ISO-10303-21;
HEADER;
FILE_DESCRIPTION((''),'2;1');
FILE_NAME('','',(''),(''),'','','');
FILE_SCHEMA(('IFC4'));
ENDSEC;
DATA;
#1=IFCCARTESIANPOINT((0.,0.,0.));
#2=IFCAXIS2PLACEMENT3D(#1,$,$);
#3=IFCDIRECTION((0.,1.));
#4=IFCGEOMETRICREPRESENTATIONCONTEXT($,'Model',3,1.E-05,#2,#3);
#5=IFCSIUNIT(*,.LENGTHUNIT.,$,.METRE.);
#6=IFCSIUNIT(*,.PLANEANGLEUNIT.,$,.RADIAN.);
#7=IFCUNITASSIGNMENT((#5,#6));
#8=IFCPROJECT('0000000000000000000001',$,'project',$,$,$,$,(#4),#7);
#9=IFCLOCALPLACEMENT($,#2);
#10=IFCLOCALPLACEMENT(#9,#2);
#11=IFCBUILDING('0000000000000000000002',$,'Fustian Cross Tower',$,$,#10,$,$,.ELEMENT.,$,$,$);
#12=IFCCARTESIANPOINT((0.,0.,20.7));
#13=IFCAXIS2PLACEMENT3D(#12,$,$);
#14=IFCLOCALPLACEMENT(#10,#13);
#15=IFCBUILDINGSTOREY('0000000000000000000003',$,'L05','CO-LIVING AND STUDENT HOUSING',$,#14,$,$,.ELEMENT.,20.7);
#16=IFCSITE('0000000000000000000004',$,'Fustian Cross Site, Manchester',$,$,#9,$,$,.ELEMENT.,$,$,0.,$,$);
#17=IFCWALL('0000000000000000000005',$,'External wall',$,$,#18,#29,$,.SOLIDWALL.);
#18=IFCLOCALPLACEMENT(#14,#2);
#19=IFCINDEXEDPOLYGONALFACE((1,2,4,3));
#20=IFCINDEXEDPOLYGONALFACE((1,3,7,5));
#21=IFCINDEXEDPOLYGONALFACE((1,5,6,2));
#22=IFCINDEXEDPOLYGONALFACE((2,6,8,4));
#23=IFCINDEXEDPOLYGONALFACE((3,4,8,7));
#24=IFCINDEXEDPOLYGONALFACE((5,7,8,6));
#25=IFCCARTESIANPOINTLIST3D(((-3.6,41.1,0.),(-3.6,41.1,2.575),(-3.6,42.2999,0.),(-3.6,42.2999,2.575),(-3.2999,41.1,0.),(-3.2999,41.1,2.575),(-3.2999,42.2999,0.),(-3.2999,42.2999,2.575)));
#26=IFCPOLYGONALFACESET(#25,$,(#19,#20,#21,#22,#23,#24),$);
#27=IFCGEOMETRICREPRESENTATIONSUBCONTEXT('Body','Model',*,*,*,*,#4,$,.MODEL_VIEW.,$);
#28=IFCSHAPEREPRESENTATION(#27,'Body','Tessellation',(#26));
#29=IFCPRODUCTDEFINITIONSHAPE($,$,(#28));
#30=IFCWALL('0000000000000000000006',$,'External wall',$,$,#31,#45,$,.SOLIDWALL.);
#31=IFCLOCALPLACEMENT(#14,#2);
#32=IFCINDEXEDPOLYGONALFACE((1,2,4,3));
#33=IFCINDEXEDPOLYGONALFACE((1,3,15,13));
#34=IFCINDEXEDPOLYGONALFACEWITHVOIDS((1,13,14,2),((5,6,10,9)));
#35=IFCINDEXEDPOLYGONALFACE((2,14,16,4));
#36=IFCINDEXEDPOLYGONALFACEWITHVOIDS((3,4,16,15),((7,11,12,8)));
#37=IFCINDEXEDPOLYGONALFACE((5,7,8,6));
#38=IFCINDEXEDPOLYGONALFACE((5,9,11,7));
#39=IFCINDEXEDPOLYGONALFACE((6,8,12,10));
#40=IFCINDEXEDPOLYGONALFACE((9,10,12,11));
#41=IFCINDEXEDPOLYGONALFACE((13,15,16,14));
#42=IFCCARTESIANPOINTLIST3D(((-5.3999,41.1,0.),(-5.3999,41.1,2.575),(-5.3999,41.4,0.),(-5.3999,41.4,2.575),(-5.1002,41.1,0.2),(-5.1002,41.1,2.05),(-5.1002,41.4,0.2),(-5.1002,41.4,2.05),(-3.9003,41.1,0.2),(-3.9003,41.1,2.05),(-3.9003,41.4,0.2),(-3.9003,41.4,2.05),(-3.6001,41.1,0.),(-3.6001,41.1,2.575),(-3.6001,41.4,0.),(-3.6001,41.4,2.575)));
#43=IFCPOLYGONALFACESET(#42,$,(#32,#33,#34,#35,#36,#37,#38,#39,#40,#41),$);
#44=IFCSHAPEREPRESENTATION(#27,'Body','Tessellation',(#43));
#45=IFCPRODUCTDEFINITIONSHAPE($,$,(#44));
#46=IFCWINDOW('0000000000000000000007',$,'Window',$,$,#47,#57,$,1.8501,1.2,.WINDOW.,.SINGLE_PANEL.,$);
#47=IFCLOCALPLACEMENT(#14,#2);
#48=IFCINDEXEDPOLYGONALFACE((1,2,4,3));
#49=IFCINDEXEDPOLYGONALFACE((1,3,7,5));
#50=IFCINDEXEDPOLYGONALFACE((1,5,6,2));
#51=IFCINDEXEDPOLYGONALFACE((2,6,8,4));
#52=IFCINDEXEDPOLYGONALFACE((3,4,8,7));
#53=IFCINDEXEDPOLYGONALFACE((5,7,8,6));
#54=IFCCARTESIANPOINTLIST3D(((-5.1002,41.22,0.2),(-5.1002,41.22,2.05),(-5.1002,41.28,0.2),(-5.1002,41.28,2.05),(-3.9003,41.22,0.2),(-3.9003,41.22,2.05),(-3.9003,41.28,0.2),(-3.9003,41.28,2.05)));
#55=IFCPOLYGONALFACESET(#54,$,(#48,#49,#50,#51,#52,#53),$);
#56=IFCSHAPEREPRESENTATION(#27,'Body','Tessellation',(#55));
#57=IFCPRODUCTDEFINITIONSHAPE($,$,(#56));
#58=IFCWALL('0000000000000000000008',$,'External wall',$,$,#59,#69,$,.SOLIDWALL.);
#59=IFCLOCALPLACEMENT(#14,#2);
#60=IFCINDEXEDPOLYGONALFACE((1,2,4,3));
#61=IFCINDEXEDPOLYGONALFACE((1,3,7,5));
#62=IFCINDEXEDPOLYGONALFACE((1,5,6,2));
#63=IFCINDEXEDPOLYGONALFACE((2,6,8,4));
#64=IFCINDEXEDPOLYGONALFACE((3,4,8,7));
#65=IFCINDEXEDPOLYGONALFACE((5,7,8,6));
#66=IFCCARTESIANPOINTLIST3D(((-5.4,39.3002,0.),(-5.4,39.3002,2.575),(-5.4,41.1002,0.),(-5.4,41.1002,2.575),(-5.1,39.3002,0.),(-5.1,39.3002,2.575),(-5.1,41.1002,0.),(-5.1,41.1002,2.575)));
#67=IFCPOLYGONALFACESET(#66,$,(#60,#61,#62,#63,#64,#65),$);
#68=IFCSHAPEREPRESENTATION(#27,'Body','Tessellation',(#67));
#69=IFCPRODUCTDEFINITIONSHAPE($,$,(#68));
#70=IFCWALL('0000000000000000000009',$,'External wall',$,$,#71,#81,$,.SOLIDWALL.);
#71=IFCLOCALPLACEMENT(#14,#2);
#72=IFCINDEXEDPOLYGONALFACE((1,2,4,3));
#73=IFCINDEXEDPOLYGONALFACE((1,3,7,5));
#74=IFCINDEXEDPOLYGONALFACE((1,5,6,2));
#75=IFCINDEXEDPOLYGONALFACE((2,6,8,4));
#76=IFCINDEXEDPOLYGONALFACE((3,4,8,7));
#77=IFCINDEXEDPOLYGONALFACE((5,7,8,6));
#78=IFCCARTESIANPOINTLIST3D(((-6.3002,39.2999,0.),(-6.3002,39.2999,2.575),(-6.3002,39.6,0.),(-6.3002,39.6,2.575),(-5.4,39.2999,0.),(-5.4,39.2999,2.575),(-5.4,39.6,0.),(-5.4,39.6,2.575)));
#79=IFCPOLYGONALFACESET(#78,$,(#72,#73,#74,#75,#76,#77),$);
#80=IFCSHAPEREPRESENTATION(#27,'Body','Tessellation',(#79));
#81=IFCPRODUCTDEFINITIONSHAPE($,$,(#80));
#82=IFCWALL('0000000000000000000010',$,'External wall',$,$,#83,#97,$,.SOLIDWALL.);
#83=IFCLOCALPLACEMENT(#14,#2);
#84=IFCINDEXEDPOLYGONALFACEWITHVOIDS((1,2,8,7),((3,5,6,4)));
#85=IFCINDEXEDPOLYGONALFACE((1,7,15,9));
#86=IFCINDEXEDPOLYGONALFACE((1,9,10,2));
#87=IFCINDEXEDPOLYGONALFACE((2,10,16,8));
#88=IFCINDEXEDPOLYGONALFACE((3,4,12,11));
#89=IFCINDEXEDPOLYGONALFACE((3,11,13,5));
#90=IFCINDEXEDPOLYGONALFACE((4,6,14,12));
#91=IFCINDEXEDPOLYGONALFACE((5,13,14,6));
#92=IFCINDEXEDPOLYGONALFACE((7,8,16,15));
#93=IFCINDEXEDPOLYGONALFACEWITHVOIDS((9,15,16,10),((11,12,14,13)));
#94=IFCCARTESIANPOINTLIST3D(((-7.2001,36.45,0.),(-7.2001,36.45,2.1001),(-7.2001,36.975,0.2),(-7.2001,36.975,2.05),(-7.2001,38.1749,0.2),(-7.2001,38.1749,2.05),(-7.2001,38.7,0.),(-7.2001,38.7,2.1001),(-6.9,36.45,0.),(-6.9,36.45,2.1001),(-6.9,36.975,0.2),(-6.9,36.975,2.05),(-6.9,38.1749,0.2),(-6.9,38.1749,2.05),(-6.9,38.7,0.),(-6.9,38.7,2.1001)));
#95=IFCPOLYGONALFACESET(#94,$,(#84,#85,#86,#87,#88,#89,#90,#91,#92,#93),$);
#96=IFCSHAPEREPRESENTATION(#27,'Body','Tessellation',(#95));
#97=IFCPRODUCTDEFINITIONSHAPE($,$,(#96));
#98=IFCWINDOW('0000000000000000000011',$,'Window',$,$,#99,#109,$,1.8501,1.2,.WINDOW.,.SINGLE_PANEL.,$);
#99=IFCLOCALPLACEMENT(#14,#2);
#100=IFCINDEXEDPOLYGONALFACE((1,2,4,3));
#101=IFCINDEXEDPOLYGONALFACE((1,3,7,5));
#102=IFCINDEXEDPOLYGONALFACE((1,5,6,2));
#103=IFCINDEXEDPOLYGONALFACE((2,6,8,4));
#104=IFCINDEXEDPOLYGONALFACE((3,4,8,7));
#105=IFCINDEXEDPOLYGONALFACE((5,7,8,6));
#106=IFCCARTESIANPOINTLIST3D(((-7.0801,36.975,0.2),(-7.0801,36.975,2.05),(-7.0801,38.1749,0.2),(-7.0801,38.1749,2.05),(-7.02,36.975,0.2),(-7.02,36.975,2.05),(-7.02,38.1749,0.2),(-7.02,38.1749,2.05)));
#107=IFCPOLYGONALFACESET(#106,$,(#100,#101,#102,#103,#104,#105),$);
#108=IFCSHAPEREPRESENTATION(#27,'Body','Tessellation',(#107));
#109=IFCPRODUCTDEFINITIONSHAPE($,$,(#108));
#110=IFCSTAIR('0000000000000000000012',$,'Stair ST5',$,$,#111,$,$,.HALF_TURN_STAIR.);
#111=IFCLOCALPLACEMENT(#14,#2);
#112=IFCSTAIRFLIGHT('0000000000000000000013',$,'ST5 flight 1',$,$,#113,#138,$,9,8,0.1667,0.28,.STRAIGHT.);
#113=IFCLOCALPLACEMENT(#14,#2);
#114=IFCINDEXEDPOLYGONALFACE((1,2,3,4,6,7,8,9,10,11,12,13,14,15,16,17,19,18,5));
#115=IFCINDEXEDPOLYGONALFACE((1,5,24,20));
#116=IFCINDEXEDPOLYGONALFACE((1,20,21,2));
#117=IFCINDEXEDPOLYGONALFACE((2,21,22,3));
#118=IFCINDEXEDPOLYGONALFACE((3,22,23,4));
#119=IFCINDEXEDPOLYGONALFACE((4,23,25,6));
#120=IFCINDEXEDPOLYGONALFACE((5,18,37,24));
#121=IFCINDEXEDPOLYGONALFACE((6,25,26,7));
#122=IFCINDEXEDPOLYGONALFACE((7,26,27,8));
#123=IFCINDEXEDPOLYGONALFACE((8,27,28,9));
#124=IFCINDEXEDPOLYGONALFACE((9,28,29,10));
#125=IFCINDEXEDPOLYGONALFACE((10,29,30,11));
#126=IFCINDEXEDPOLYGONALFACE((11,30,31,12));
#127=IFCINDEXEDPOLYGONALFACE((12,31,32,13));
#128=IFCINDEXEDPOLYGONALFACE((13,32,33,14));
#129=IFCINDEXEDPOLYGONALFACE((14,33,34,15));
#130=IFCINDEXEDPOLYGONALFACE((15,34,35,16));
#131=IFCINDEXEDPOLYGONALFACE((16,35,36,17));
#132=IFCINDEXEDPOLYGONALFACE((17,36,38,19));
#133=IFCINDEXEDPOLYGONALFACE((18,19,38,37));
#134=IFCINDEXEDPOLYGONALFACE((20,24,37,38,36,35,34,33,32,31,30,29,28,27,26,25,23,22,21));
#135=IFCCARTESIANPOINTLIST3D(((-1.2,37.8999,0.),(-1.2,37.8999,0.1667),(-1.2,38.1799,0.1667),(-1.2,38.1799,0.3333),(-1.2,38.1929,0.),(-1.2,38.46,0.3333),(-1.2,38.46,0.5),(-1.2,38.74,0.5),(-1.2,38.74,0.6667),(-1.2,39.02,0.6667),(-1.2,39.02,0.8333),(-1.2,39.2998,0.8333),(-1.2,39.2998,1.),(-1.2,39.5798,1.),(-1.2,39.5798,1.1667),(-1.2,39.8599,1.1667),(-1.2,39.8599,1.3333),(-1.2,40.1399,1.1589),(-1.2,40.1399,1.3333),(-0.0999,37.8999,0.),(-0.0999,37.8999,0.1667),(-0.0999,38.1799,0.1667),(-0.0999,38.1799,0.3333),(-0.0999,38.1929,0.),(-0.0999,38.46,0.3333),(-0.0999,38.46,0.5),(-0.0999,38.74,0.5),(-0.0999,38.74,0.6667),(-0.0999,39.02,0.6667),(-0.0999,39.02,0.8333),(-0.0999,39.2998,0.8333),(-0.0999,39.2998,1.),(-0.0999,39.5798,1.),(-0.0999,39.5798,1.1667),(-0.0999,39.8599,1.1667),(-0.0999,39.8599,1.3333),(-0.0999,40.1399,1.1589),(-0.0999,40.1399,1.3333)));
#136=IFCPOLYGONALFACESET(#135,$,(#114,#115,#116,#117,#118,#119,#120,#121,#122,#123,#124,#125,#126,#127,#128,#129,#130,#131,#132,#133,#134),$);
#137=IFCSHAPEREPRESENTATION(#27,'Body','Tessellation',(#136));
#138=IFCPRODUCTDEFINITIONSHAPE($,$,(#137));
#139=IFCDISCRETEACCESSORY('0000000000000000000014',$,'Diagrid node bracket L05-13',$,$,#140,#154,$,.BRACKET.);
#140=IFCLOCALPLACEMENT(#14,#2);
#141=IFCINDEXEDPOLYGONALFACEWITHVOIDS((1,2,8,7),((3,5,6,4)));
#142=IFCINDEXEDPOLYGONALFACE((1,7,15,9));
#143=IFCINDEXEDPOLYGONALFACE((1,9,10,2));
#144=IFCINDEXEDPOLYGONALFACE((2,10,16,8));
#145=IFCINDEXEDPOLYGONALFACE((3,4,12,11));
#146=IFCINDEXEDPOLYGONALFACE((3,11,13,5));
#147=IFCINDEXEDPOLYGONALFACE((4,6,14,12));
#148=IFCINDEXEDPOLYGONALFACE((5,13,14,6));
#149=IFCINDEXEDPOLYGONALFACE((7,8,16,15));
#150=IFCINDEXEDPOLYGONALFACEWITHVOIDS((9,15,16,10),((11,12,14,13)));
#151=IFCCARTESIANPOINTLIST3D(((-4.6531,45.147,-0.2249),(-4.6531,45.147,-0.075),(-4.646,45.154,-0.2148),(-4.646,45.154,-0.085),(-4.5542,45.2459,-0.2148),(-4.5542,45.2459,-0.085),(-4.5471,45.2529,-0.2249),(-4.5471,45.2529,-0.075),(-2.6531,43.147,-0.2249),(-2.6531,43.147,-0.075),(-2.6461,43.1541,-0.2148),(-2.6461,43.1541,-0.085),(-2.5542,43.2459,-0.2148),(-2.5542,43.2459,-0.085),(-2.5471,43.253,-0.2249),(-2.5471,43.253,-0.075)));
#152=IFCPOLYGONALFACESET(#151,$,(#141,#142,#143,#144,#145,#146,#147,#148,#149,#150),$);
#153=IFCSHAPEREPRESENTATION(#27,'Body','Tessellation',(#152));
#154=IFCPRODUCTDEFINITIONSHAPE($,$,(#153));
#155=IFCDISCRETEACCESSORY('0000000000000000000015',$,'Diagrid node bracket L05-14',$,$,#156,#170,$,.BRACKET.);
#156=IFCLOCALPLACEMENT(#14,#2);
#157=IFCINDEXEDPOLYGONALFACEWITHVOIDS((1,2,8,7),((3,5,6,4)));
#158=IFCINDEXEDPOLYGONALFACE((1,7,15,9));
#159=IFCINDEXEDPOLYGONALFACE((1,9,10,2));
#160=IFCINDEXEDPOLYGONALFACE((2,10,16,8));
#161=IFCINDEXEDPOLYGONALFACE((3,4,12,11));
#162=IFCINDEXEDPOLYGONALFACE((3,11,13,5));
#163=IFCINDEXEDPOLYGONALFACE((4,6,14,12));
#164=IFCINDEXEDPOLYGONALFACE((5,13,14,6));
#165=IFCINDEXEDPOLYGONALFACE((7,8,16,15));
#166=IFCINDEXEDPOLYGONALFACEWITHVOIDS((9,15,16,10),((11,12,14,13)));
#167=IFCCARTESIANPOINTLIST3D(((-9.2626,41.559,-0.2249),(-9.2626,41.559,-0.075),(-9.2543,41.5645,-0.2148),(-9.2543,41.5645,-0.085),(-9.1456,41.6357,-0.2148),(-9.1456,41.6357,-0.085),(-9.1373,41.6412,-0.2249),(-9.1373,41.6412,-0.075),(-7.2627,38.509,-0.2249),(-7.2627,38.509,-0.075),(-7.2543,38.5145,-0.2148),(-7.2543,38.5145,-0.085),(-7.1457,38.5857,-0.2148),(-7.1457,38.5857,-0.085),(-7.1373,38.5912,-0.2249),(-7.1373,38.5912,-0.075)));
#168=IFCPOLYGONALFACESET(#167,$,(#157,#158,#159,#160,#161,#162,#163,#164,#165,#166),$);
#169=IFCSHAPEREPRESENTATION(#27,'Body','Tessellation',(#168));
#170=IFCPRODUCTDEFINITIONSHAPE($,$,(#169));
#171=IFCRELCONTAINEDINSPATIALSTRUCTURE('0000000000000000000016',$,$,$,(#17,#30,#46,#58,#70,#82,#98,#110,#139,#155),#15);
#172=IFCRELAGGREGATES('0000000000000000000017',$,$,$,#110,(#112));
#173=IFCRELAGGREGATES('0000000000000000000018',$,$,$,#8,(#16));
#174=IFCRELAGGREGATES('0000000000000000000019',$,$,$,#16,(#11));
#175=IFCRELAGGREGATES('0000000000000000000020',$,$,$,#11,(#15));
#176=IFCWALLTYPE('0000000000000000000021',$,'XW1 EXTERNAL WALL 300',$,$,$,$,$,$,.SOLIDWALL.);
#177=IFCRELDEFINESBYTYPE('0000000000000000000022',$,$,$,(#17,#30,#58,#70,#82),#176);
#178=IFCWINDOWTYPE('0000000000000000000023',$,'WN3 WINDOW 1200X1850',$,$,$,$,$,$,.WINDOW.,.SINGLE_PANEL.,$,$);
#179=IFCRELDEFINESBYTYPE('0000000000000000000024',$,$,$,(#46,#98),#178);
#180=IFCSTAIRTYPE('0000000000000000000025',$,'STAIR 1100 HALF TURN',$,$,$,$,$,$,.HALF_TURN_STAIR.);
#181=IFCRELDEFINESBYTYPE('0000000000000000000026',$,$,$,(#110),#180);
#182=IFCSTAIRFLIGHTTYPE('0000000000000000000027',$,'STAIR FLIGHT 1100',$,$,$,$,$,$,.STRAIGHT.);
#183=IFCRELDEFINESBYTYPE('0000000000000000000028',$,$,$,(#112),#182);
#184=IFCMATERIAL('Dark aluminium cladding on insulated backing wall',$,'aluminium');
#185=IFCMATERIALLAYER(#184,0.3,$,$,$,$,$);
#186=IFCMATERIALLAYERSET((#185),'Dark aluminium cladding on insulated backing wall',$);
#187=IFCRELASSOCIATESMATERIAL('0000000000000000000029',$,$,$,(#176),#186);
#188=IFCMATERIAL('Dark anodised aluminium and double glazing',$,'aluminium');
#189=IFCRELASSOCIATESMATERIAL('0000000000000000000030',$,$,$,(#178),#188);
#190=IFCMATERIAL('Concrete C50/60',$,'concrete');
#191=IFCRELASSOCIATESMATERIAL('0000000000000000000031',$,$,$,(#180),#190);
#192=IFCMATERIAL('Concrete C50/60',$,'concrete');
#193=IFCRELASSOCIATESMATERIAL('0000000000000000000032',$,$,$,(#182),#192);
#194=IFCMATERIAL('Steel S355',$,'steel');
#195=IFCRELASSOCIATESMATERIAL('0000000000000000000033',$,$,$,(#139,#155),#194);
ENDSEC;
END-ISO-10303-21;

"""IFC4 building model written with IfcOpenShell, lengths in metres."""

from ifc_helpers import new_model, si_unit, direction, frame, frame_2d, origin, origin_2d, place, context, subcontext, project, spatial, polyline, rectangle, hollow_rectangle, outline, extrude, material, layer, layer_set, type_object, element, fill, aggregate, save


model = new_model("IFC4")

# Units and contexts
model_context = context("Model", 3, precision=1e-05, world=origin(), true_north=direction((0.0, 1.0)))
body_context = subcontext(model_context, "Body", "Model", "MODEL_VIEW")
ifc_project = project(units=[si_unit("LENGTHUNIT", "METRE"), si_unit("PLANEANGLEUNIT", "RADIAN")], contexts=[model_context])

# Site, building, storey
site_placement = place(None, origin())
site = spatial("IfcSite", under=ifc_project, at=site_placement, Name="Fustian Cross Site, Manchester", CompositionType="ELEMENT", RefElevation=0.0)
building_placement = place(site_placement, origin())
building = spatial("IfcBuilding", under=site, at=building_placement, Name="Fustian Cross Tower", CompositionType="ELEMENT")
storey_placement = place(building_placement, frame((0.0, 0.0, 20.7)))
storey = spatial("IfcBuildingStorey", under=building, at=storey_placement, Name="L05", Description="CO-LIVING AND STUDENT HOUSING", CompositionType="ELEMENT", Elevation=20.7)

# Wall
ifc_material_1 = material(Name="Dark aluminium cladding on insulated backing wall", Category="aluminium")
ifc_layer_1 = layer(ifc_material_1, 0.3)
ifc_layer_set_1 = layer_set([ifc_layer_1], Name="Dark aluminium cladding on insulated backing wall")
wall_type_1 = type_object("IfcWallType", Name="XW1 EXTERNAL WALL 300", PredefinedType="SOLIDWALL", material=ifc_layer_set_1)
wall_1_placement = place(storey_placement, frame((-3.45, 42.3, 0.0), z_axis=(0.0, 0.0, 1.0), x_axis=(0.0, -1.0, 0.0)))
element("IfcWall", 1, at=wall_1_placement, inside=storey, type_object=wall_type_1, Name="External wall", PredefinedType="SOLIDWALL", context=body_context, shape_type="SweptSolid", body=[
    extrude(rectangle(XDim=1.2, YDim=0.3, at=frame_2d((0.6001, 0.0))), origin(), (0.0, 0.0, 1.0), 2.575),
])

# Wall, opening, window
wall_2_placement = place(storey_placement, frame((-3.6001, 41.25, 0.0), z_axis=(0.0, 0.0, 1.0), x_axis=(-1.0, 0.0, 0.0)))
wall_2 = element("IfcWall", 2, at=wall_2_placement, inside=storey, type_object=wall_type_1, Name="External wall", PredefinedType="SOLIDWALL", context=body_context, shape_type="SweptSolid", body=[
    extrude(rectangle(XDim=1.7998, YDim=0.3, at=frame_2d((0.8999, 0.0))), origin(), (0.0, 0.0, 1.0), 2.575),
])
opening_1_placement = place(wall_2_placement, frame((0.3, 0.0, 0.2)))
opening_1 = element("IfcOpeningElement", 3, at=opening_1_placement, cuts=wall_2, PredefinedType="OPENING", context=body_context, shape_type="SweptSolid", body=[
    extrude(rectangle(XDim=1.2, YDim=1.8501, at=frame_2d((0.6001, 0.925))), frame((0.0, 0.1599, 0.0), z_axis=(0.0, -1.0, 0.0), x_axis=(1.0, 0.0, 0.0)), (0.0, 0.0, 1.0), 0.3201),
])
ifc_material_2 = material(Name="Dark anodised aluminium and double glazing", Category="aluminium")
window_type = type_object("IfcWindowType", Name="WN3 WINDOW 1200X1850", PartitioningType="SINGLE_PANEL", PredefinedType="WINDOW", material=ifc_material_2)
window_1_placement = place(opening_1_placement, origin())
window_1 = element("IfcWindow", 4, at=window_1_placement, inside=storey, type_object=window_type, Name="Window", OverallHeight=1.8501, OverallWidth=1.2, PartitioningType="SINGLE_PANEL", PredefinedType="WINDOW", context=body_context, shape_type="SweptSolid", body=[
    extrude(rectangle(XDim=1.2, YDim=1.8501, at=frame_2d((0.6001, 0.925))), frame((0.0, 0.03, 0.0), z_axis=(0.0, -1.0, 0.0), x_axis=(1.0, 0.0, 0.0)), (0.0, 0.0, 1.0), 0.0601),
])
fill(opening_1, window_1)

# Walls
wall_3_placement = place(storey_placement, frame((-5.25, 41.1001, 0.0), z_axis=(0.0, 0.0, 1.0), x_axis=(0.0, -1.0, 0.0)))
element("IfcWall", 5, at=wall_3_placement, inside=storey, type_object=wall_type_1, Name="External wall", PredefinedType="SOLIDWALL", context=body_context, shape_type="SweptSolid", body=[
    extrude(rectangle(XDim=1.8, YDim=0.3, at=frame_2d((0.8999, 0.0))), origin(), (0.0, 0.0, 1.0), 2.575),
])
wall_4_placement = place(storey_placement, frame((-5.3999, 39.45, 0.0), z_axis=(0.0, 0.0, 1.0), x_axis=(-1.0, 0.0, 0.0)))
element("IfcWall", 6, at=wall_4_placement, inside=storey, type_object=wall_type_1, Name="External wall", PredefinedType="SOLIDWALL", context=body_context, shape_type="SweptSolid", body=[
    extrude(rectangle(XDim=0.9001, YDim=0.3, at=frame_2d((0.4502, 0.0))), origin(), (0.0, 0.0, 1.0), 2.575),
])

# Wall, opening, window
wall_5_placement = place(storey_placement, frame((-7.05, 38.7, 0.0), z_axis=(0.0, 0.0, 1.0), x_axis=(0.0, -1.0, 0.0)))
wall_5 = element("IfcWall", 7, at=wall_5_placement, inside=storey, type_object=wall_type_1, Name="External wall", PredefinedType="SOLIDWALL", context=body_context, shape_type="SweptSolid", body=[
    extrude(rectangle(XDim=2.25, YDim=0.3, at=frame_2d((1.125, 0.0))), origin(), (0.0, 0.0, 1.0), 2.1001),
])
opening_2_placement = place(wall_5_placement, frame((0.5249, 0.0, 0.2)))
opening_2 = element("IfcOpeningElement", 8, at=opening_2_placement, cuts=wall_5, PredefinedType="OPENING", context=body_context, shape_type="SweptSolid", body=[
    extrude(rectangle(XDim=1.2, YDim=1.8501, at=frame_2d((0.6001, 0.925))), frame((0.0, 0.1599, 0.0), z_axis=(0.0, -1.0, 0.0), x_axis=(1.0, 0.0, 0.0)), (0.0, 0.0, 1.0), 0.3201),
])
window_2_placement = place(opening_2_placement, origin())
window_2 = element("IfcWindow", 9, at=window_2_placement, inside=storey, type_object=window_type, Name="Window", OverallHeight=1.8501, OverallWidth=1.2, PartitioningType="SINGLE_PANEL", PredefinedType="WINDOW", context=body_context, shape_type="SweptSolid", body=[
    extrude(rectangle(XDim=1.2, YDim=1.8501, at=frame_2d((0.6001, 0.925))), frame((0.0, 0.03, 0.0), z_axis=(0.0, -1.0, 0.0), x_axis=(1.0, 0.0, 0.0)), (0.0, 0.0, 1.0), 0.0601),
])
fill(opening_2, window_2)

# Stair, stair flight
ifc_material_3 = material(Name="Concrete C50/60", Category="concrete")
stair_type = type_object("IfcStairType", Name="STAIR 1100 HALF TURN", PredefinedType="HALF_TURN_STAIR", material=ifc_material_3)
stair_placement = place(storey_placement, origin())
stair = element("IfcStair", 10, at=stair_placement, inside=storey, type_object=stair_type, Name="Stair ST5", PredefinedType="HALF_TURN_STAIR")
ifc_material_4 = material(Name="Concrete C50/60", Category="concrete")
stair_flight_type = type_object("IfcStairFlightType", Name="STAIR FLIGHT 1100", PredefinedType="STRAIGHT", material=ifc_material_4)
stair_flight_placement = place(storey_placement, frame((-0.6499, 37.8999, 0.0), z_axis=(0.0, 0.0, 1.0), x_axis=(0.0, 1.0, 0.0)))
stair_flight = element("IfcStairFlight", 11, at=stair_flight_placement, type_object=stair_flight_type, Name="ST5 flight 1", NumberOfRisers=9, NumberOfTreads=8, PredefinedType="STRAIGHT", RiserHeight=0.1667, TreadLength=0.28, context=body_context, shape_type="SweptSolid", body=[
    extrude(outline(polyline([(0.0, 0.0), (0.0, 0.1667), (0.28, 0.1667), (0.28, 0.3333), (0.5601, 0.3333), (0.5601, 0.5), (0.8401, 0.5), (0.8401, 0.6667), (1.1201, 0.6667), (1.1201, 0.8333), (1.3999, 0.8333), (1.3999, 1.0), (1.6799, 1.0), (1.6799, 1.1667), (1.96, 1.1667), (1.96, 1.3333), (2.24, 1.3333), (2.24, 1.5), (2.24, 1.1589), (0.293, 0.0), (0.0, 0.0)])), frame((0.0, 0.55, 0.0), z_axis=(0.0, -1.0, 0.0), x_axis=(1.0, 0.0, 0.0)), (0.0, 0.0, 1.0), 1.1001),
])
aggregate(stair, [stair_flight])

# Discrete accessories
ifc_material_5 = material(Name="Steel S355", Category="steel")
discrete_accessory_1_placement = place(storey_placement, frame((-4.6001, 45.2, -0.1499), z_axis=(0.707107, -0.707107, 0.0), x_axis=(0.707107, 0.707107, 0.0)))
element("IfcDiscreteAccessory", 12, at=discrete_accessory_1_placement, inside=storey, material=ifc_material_5, Name="Diagrid node bracket L05-13", PredefinedType="BRACKET", context=body_context, shape_type="SweptSolid", body=[
    extrude(hollow_rectangle(XDim=0.1499, YDim=0.1499, WallThickness=0.01, at=origin_2d()), origin(), (0.0, 0.0, 1.0), 2.8284),
])
discrete_accessory_2_placement = place(storey_placement, frame((-9.2, 41.6001, -0.1499), z_axis=(0.548351, -0.836248, 0.0), x_axis=(0.836248, 0.548351, 0.0)))
element("IfcDiscreteAccessory", 13, at=discrete_accessory_2_placement, inside=storey, material=ifc_material_5, Name="Diagrid node bracket L05-14", PredefinedType="BRACKET", context=body_context, shape_type="SweptSolid", body=[
    extrude(hollow_rectangle(XDim=0.1499, YDim=0.1499, WallThickness=0.01, at=origin_2d()), origin(), (0.0, 0.0, 1.0), 3.6472),
])

save(model, "model.ifc")
